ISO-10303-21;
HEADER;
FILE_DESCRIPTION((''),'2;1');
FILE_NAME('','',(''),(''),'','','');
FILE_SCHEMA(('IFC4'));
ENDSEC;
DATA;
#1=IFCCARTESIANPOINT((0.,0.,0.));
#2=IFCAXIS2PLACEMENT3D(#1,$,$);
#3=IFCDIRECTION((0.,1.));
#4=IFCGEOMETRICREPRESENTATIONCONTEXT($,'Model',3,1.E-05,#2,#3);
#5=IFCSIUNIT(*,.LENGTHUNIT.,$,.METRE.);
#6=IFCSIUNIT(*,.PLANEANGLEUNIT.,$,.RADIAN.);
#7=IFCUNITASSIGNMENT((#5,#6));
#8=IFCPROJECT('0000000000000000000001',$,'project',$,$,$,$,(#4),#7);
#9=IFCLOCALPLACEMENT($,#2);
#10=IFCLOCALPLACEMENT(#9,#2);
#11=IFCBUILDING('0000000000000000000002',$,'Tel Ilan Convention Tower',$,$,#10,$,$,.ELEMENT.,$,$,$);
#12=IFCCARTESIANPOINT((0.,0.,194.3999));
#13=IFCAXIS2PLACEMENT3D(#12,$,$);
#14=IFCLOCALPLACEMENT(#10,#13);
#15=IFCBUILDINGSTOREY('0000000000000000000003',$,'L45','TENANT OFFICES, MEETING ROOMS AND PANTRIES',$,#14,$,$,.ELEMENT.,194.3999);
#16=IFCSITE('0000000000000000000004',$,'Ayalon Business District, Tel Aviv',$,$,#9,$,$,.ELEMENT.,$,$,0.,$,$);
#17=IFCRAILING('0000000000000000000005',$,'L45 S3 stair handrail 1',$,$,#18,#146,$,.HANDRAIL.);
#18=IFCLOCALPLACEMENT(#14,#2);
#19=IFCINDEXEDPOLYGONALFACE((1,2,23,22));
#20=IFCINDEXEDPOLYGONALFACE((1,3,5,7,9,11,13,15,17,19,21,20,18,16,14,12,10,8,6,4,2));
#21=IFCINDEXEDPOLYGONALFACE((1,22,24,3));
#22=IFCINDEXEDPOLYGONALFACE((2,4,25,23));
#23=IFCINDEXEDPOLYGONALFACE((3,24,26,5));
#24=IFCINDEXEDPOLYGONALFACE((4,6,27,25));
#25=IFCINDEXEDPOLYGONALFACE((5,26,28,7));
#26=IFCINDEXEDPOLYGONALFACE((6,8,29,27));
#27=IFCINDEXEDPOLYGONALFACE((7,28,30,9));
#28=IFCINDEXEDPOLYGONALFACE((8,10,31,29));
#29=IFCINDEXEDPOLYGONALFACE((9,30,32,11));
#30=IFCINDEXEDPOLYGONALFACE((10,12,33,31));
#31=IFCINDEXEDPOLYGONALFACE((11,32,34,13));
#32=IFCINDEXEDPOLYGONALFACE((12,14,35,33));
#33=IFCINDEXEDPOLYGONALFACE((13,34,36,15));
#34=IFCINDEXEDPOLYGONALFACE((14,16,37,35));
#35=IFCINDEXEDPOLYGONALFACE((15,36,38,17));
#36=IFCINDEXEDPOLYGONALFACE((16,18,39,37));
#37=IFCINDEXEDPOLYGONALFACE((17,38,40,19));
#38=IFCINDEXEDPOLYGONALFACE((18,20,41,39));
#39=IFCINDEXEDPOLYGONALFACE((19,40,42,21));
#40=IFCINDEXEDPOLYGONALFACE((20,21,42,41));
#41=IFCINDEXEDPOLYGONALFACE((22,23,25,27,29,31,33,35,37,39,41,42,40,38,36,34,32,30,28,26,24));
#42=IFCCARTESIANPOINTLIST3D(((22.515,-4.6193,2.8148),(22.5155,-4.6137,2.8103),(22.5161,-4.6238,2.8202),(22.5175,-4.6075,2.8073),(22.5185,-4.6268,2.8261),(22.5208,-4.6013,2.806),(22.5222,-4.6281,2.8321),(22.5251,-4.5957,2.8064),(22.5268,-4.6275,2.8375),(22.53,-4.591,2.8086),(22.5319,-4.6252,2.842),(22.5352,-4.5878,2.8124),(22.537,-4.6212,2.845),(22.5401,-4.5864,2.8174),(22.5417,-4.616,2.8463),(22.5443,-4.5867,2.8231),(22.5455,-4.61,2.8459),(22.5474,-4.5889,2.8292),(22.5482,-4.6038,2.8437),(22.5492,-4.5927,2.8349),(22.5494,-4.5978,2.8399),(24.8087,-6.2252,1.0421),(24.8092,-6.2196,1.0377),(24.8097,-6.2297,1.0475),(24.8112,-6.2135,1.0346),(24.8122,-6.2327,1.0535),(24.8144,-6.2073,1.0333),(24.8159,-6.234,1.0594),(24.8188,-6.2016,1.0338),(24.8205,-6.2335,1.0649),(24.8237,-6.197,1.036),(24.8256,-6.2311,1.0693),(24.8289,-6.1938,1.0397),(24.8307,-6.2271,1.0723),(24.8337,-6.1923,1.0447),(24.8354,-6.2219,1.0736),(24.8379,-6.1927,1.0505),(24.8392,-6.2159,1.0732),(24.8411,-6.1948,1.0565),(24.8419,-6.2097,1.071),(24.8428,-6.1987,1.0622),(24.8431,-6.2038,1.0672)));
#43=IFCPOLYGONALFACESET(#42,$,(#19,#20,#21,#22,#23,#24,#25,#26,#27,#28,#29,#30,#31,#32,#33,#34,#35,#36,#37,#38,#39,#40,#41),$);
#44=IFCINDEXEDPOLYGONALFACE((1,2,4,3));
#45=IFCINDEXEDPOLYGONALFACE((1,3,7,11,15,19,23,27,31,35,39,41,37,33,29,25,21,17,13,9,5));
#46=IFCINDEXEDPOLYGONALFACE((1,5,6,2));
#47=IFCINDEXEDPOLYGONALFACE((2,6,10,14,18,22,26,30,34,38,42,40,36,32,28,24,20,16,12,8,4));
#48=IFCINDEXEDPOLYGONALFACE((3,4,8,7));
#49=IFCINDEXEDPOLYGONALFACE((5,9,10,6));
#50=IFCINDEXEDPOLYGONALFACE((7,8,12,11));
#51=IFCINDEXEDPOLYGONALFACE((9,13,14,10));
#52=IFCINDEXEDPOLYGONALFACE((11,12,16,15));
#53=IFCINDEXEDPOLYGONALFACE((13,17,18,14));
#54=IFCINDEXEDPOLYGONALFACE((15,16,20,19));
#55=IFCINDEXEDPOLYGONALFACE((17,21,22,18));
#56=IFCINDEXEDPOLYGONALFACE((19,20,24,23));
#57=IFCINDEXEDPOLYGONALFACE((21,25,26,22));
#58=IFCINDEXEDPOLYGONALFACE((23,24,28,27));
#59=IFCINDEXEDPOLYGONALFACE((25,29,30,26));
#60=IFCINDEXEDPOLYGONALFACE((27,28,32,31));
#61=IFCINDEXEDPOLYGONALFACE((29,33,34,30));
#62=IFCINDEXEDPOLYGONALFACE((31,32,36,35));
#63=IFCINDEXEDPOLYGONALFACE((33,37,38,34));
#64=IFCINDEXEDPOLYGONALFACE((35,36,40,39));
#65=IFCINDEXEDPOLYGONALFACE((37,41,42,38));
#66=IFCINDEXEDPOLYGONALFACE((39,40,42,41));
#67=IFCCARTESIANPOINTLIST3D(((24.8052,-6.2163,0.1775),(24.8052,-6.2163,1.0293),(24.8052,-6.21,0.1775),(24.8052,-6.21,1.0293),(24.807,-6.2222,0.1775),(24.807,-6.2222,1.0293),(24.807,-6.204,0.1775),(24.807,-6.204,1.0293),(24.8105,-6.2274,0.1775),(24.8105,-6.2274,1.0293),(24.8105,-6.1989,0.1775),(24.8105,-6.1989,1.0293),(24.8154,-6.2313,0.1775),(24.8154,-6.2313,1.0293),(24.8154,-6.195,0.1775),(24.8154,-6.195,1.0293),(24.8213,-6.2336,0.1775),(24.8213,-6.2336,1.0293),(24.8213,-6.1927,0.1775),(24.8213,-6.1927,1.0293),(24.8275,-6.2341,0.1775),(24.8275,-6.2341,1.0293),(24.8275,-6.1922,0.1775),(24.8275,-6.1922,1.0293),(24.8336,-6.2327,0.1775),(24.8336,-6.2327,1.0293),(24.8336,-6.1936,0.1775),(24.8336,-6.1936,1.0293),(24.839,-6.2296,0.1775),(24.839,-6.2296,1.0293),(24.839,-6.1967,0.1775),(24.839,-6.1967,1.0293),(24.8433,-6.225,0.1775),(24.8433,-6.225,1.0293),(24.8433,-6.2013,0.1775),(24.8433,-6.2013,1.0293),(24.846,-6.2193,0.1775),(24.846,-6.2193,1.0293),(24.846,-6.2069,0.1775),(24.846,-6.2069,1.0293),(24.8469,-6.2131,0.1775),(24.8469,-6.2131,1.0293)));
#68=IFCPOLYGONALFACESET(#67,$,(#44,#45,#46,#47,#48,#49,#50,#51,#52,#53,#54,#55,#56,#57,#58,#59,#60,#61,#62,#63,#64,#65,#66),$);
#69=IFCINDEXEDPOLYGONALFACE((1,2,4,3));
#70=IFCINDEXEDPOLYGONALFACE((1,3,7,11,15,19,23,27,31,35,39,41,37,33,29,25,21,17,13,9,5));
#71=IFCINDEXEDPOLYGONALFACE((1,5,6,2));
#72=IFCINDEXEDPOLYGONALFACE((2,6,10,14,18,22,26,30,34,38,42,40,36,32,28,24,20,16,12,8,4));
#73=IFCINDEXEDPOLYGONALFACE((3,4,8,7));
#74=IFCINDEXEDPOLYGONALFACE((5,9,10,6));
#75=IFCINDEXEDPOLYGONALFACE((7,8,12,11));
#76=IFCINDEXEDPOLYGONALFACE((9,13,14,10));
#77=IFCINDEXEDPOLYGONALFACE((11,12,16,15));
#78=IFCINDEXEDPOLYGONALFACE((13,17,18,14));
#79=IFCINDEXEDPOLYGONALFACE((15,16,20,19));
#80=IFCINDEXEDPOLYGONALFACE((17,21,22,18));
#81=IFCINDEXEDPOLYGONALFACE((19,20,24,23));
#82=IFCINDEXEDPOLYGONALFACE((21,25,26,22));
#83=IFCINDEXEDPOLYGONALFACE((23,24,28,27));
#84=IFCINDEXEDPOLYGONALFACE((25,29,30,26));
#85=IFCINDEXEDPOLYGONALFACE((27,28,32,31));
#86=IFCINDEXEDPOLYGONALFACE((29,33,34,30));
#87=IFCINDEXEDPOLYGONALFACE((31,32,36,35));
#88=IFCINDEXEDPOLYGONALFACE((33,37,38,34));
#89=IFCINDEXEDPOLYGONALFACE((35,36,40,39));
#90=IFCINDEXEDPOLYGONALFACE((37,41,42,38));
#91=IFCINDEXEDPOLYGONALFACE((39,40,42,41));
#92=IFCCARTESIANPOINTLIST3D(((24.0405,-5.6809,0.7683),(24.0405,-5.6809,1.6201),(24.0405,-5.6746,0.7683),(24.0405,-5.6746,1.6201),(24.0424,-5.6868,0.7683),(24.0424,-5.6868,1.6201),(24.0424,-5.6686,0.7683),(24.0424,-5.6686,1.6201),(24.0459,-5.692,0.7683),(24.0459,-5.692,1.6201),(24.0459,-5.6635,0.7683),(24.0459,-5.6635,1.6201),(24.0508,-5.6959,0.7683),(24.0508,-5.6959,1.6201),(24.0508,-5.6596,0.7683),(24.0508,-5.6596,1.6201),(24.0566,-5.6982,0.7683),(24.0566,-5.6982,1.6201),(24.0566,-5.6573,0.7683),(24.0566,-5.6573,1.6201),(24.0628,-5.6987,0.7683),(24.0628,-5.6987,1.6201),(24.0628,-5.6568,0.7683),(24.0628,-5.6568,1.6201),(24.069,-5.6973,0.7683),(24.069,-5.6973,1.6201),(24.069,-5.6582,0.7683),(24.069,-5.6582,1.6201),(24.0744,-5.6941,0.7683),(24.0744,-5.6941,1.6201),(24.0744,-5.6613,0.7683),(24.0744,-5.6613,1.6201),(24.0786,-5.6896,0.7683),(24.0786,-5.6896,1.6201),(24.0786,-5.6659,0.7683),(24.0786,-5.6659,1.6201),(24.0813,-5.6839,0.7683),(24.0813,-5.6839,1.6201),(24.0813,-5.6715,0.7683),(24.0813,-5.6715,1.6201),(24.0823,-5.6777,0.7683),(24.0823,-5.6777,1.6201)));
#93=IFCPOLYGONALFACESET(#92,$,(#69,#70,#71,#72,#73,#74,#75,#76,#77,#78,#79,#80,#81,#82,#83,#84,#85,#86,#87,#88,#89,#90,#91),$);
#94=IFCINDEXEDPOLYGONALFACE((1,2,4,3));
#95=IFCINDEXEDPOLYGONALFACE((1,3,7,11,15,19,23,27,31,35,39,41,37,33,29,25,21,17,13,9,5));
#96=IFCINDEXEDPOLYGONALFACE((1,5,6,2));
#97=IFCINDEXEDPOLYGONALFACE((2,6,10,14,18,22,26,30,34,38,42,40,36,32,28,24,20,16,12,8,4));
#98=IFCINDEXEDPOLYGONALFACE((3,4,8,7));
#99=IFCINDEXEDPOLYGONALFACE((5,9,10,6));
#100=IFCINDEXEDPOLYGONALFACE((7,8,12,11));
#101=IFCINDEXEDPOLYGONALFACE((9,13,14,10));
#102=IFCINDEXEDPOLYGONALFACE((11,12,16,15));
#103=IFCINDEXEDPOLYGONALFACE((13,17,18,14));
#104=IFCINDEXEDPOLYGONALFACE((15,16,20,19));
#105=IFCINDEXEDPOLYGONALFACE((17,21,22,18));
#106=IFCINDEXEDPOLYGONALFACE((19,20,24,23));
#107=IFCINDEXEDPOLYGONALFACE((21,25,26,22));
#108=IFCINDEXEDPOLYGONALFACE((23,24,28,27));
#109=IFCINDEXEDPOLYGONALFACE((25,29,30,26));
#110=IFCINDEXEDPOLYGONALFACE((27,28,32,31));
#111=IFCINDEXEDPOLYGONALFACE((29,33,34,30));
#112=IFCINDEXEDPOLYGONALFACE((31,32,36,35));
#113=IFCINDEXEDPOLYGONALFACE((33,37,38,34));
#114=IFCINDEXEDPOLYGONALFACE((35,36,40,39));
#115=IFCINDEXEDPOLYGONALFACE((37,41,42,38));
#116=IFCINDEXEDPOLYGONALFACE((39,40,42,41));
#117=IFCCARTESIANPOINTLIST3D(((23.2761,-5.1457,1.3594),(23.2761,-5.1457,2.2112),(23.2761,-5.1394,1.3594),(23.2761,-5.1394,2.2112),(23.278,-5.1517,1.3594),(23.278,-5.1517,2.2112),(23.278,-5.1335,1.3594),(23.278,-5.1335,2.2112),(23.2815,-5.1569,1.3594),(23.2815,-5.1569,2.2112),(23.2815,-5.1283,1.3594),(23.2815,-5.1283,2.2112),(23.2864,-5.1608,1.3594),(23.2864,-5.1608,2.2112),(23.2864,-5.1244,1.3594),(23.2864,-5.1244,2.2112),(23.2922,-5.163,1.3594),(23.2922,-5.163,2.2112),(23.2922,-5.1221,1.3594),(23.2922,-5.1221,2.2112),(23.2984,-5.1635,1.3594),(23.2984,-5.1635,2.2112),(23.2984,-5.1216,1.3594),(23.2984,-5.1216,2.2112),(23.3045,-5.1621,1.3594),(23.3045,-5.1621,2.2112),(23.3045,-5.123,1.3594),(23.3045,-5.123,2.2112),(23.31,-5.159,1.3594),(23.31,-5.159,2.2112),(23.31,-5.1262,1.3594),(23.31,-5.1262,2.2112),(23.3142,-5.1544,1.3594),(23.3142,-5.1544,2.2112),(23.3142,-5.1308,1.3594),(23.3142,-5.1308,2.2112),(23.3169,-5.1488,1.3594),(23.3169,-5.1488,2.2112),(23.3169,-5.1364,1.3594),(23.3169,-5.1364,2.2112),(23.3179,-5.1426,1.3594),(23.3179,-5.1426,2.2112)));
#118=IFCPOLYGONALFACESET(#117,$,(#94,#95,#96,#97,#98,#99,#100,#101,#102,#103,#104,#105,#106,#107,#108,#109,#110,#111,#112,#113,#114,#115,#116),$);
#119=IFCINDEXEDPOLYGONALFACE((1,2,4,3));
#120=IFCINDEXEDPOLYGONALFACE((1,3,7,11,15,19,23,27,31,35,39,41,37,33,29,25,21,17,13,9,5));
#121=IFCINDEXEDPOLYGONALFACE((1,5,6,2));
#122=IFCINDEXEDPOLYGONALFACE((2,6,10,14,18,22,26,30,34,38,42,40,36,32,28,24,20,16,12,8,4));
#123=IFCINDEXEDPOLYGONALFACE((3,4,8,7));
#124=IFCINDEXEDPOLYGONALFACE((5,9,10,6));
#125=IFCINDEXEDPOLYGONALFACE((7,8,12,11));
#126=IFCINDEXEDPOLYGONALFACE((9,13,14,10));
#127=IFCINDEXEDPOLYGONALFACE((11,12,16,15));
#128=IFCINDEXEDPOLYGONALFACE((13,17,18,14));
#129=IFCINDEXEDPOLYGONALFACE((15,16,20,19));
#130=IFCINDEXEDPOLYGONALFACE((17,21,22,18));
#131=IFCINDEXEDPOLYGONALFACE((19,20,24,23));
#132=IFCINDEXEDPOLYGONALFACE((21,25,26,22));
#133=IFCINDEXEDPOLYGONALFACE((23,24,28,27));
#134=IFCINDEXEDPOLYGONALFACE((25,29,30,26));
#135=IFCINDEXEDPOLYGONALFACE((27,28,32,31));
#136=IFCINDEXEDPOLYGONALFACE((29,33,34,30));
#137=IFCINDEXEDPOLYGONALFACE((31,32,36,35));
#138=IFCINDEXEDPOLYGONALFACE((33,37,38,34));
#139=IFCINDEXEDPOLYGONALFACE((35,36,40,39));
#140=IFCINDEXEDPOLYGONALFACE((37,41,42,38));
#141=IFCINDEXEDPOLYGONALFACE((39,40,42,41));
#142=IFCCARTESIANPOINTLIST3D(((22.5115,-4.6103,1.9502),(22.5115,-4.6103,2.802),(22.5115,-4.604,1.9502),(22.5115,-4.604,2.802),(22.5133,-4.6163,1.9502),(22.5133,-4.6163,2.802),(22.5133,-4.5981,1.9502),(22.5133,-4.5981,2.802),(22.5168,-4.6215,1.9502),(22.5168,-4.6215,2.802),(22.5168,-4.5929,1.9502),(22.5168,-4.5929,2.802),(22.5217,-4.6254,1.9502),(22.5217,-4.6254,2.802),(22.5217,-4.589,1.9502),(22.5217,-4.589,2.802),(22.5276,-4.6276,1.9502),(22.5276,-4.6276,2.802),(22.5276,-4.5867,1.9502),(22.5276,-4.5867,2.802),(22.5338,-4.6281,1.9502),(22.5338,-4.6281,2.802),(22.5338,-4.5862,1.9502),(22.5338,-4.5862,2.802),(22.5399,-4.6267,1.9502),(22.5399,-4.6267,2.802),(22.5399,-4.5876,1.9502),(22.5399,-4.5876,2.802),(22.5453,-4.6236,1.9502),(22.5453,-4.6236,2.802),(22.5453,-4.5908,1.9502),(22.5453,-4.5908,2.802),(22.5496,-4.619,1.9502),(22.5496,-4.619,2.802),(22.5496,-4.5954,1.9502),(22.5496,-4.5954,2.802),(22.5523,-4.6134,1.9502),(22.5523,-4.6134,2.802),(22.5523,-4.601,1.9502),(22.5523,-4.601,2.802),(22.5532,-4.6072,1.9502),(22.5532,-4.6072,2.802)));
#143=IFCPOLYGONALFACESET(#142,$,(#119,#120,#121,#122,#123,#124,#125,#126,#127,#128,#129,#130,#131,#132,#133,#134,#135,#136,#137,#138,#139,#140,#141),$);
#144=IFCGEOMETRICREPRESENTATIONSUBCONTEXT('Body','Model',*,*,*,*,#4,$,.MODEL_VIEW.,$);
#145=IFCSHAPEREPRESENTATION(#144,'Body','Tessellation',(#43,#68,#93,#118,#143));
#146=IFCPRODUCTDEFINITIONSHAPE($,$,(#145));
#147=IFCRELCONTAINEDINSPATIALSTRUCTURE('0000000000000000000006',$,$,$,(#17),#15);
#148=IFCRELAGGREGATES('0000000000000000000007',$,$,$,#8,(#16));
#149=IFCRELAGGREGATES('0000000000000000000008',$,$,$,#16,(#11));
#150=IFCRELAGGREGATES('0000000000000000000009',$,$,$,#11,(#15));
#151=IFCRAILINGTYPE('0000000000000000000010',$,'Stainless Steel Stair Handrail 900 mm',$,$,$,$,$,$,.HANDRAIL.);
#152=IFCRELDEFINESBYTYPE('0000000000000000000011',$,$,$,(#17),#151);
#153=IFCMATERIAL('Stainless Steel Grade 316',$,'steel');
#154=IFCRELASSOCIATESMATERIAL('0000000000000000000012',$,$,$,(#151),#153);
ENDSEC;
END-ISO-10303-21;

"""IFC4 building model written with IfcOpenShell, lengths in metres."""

from ifc_helpers import new_model, si_unit, direction, frame, origin, origin_2d, place, context, subcontext, project, spatial, circle, extrude, material, type_object, element, save


model = new_model("IFC4")

# Units and contexts
model_context = context("Model", 3, precision=1e-05, world=origin(), true_north=direction((0.0, 1.0)))
body_context = subcontext(model_context, "Body", "Model", "MODEL_VIEW")
ifc_project = project(units=[si_unit("LENGTHUNIT", "METRE"), si_unit("PLANEANGLEUNIT", "RADIAN")], contexts=[model_context])

# Site, building, storey
site_placement = place(None, origin())
site = spatial("IfcSite", under=ifc_project, at=site_placement, Name="Ayalon Business District, Tel Aviv", CompositionType="ELEMENT", RefElevation=0.0)
building_placement = place(site_placement, origin())
building = spatial("IfcBuilding", under=site, at=building_placement, Name="Tel Ilan Convention Tower", CompositionType="ELEMENT")
storey_placement = place(building_placement, frame((0.0, 0.0, 194.3999)))
storey = spatial("IfcBuildingStorey", under=building, at=storey_placement, Name="L45", Description="TENANT OFFICES, MEETING ROOMS AND PANTRIES", CompositionType="ELEMENT", Elevation=194.3999)

# Railing
ifc_material_1 = material(Name="Stainless Steel Grade 316", Category="steel")
railing_type_1 = type_object("IfcRailingType", Name="Stainless Steel Stair Handrail 900 mm", PredefinedType="HANDRAIL", material=ifc_material_1)
for number, where, name in (
    (1, (24.8259, -6.2131, 0.1775), "L45 S3 stair handrail 1"),
):
    element("IfcRailing", number, at=place(storey_placement, frame(where)), inside=storey, type_object=railing_type_1, Name=name, PredefinedType="HANDRAIL", context=body_context, shape_type="SweptSolid", body=[
        extrude(circle(Radius=0.0239, at=origin_2d()), frame((0.0, 0.0, 0.876), z_axis=(-0.692123, 0.484597, 0.534913), x_axis=(-0.57355, -0.81917, 0.0)), (0.0, 0.0, 1.0), 3.314),
        extrude(circle(Radius=0.021, at=origin_2d()), origin(), (0.0, 0.0, 1.0), 0.8518),
        extrude(circle(Radius=0.021, at=origin_2d()), frame((-0.7646, 0.5354, 0.5908)), (0.0, 0.0, 1.0), 0.8518),
        extrude(circle(Radius=0.021, at=origin_2d()), frame((-1.5291, 1.0706, 1.1819)), (0.0, 0.0, 1.0), 0.8518),
        extrude(circle(Radius=0.021, at=origin_2d()), frame((-2.2937, 1.606, 1.7727)), (0.0, 0.0, 1.0), 0.8518),
    ])

save(model, "model.ifc")
